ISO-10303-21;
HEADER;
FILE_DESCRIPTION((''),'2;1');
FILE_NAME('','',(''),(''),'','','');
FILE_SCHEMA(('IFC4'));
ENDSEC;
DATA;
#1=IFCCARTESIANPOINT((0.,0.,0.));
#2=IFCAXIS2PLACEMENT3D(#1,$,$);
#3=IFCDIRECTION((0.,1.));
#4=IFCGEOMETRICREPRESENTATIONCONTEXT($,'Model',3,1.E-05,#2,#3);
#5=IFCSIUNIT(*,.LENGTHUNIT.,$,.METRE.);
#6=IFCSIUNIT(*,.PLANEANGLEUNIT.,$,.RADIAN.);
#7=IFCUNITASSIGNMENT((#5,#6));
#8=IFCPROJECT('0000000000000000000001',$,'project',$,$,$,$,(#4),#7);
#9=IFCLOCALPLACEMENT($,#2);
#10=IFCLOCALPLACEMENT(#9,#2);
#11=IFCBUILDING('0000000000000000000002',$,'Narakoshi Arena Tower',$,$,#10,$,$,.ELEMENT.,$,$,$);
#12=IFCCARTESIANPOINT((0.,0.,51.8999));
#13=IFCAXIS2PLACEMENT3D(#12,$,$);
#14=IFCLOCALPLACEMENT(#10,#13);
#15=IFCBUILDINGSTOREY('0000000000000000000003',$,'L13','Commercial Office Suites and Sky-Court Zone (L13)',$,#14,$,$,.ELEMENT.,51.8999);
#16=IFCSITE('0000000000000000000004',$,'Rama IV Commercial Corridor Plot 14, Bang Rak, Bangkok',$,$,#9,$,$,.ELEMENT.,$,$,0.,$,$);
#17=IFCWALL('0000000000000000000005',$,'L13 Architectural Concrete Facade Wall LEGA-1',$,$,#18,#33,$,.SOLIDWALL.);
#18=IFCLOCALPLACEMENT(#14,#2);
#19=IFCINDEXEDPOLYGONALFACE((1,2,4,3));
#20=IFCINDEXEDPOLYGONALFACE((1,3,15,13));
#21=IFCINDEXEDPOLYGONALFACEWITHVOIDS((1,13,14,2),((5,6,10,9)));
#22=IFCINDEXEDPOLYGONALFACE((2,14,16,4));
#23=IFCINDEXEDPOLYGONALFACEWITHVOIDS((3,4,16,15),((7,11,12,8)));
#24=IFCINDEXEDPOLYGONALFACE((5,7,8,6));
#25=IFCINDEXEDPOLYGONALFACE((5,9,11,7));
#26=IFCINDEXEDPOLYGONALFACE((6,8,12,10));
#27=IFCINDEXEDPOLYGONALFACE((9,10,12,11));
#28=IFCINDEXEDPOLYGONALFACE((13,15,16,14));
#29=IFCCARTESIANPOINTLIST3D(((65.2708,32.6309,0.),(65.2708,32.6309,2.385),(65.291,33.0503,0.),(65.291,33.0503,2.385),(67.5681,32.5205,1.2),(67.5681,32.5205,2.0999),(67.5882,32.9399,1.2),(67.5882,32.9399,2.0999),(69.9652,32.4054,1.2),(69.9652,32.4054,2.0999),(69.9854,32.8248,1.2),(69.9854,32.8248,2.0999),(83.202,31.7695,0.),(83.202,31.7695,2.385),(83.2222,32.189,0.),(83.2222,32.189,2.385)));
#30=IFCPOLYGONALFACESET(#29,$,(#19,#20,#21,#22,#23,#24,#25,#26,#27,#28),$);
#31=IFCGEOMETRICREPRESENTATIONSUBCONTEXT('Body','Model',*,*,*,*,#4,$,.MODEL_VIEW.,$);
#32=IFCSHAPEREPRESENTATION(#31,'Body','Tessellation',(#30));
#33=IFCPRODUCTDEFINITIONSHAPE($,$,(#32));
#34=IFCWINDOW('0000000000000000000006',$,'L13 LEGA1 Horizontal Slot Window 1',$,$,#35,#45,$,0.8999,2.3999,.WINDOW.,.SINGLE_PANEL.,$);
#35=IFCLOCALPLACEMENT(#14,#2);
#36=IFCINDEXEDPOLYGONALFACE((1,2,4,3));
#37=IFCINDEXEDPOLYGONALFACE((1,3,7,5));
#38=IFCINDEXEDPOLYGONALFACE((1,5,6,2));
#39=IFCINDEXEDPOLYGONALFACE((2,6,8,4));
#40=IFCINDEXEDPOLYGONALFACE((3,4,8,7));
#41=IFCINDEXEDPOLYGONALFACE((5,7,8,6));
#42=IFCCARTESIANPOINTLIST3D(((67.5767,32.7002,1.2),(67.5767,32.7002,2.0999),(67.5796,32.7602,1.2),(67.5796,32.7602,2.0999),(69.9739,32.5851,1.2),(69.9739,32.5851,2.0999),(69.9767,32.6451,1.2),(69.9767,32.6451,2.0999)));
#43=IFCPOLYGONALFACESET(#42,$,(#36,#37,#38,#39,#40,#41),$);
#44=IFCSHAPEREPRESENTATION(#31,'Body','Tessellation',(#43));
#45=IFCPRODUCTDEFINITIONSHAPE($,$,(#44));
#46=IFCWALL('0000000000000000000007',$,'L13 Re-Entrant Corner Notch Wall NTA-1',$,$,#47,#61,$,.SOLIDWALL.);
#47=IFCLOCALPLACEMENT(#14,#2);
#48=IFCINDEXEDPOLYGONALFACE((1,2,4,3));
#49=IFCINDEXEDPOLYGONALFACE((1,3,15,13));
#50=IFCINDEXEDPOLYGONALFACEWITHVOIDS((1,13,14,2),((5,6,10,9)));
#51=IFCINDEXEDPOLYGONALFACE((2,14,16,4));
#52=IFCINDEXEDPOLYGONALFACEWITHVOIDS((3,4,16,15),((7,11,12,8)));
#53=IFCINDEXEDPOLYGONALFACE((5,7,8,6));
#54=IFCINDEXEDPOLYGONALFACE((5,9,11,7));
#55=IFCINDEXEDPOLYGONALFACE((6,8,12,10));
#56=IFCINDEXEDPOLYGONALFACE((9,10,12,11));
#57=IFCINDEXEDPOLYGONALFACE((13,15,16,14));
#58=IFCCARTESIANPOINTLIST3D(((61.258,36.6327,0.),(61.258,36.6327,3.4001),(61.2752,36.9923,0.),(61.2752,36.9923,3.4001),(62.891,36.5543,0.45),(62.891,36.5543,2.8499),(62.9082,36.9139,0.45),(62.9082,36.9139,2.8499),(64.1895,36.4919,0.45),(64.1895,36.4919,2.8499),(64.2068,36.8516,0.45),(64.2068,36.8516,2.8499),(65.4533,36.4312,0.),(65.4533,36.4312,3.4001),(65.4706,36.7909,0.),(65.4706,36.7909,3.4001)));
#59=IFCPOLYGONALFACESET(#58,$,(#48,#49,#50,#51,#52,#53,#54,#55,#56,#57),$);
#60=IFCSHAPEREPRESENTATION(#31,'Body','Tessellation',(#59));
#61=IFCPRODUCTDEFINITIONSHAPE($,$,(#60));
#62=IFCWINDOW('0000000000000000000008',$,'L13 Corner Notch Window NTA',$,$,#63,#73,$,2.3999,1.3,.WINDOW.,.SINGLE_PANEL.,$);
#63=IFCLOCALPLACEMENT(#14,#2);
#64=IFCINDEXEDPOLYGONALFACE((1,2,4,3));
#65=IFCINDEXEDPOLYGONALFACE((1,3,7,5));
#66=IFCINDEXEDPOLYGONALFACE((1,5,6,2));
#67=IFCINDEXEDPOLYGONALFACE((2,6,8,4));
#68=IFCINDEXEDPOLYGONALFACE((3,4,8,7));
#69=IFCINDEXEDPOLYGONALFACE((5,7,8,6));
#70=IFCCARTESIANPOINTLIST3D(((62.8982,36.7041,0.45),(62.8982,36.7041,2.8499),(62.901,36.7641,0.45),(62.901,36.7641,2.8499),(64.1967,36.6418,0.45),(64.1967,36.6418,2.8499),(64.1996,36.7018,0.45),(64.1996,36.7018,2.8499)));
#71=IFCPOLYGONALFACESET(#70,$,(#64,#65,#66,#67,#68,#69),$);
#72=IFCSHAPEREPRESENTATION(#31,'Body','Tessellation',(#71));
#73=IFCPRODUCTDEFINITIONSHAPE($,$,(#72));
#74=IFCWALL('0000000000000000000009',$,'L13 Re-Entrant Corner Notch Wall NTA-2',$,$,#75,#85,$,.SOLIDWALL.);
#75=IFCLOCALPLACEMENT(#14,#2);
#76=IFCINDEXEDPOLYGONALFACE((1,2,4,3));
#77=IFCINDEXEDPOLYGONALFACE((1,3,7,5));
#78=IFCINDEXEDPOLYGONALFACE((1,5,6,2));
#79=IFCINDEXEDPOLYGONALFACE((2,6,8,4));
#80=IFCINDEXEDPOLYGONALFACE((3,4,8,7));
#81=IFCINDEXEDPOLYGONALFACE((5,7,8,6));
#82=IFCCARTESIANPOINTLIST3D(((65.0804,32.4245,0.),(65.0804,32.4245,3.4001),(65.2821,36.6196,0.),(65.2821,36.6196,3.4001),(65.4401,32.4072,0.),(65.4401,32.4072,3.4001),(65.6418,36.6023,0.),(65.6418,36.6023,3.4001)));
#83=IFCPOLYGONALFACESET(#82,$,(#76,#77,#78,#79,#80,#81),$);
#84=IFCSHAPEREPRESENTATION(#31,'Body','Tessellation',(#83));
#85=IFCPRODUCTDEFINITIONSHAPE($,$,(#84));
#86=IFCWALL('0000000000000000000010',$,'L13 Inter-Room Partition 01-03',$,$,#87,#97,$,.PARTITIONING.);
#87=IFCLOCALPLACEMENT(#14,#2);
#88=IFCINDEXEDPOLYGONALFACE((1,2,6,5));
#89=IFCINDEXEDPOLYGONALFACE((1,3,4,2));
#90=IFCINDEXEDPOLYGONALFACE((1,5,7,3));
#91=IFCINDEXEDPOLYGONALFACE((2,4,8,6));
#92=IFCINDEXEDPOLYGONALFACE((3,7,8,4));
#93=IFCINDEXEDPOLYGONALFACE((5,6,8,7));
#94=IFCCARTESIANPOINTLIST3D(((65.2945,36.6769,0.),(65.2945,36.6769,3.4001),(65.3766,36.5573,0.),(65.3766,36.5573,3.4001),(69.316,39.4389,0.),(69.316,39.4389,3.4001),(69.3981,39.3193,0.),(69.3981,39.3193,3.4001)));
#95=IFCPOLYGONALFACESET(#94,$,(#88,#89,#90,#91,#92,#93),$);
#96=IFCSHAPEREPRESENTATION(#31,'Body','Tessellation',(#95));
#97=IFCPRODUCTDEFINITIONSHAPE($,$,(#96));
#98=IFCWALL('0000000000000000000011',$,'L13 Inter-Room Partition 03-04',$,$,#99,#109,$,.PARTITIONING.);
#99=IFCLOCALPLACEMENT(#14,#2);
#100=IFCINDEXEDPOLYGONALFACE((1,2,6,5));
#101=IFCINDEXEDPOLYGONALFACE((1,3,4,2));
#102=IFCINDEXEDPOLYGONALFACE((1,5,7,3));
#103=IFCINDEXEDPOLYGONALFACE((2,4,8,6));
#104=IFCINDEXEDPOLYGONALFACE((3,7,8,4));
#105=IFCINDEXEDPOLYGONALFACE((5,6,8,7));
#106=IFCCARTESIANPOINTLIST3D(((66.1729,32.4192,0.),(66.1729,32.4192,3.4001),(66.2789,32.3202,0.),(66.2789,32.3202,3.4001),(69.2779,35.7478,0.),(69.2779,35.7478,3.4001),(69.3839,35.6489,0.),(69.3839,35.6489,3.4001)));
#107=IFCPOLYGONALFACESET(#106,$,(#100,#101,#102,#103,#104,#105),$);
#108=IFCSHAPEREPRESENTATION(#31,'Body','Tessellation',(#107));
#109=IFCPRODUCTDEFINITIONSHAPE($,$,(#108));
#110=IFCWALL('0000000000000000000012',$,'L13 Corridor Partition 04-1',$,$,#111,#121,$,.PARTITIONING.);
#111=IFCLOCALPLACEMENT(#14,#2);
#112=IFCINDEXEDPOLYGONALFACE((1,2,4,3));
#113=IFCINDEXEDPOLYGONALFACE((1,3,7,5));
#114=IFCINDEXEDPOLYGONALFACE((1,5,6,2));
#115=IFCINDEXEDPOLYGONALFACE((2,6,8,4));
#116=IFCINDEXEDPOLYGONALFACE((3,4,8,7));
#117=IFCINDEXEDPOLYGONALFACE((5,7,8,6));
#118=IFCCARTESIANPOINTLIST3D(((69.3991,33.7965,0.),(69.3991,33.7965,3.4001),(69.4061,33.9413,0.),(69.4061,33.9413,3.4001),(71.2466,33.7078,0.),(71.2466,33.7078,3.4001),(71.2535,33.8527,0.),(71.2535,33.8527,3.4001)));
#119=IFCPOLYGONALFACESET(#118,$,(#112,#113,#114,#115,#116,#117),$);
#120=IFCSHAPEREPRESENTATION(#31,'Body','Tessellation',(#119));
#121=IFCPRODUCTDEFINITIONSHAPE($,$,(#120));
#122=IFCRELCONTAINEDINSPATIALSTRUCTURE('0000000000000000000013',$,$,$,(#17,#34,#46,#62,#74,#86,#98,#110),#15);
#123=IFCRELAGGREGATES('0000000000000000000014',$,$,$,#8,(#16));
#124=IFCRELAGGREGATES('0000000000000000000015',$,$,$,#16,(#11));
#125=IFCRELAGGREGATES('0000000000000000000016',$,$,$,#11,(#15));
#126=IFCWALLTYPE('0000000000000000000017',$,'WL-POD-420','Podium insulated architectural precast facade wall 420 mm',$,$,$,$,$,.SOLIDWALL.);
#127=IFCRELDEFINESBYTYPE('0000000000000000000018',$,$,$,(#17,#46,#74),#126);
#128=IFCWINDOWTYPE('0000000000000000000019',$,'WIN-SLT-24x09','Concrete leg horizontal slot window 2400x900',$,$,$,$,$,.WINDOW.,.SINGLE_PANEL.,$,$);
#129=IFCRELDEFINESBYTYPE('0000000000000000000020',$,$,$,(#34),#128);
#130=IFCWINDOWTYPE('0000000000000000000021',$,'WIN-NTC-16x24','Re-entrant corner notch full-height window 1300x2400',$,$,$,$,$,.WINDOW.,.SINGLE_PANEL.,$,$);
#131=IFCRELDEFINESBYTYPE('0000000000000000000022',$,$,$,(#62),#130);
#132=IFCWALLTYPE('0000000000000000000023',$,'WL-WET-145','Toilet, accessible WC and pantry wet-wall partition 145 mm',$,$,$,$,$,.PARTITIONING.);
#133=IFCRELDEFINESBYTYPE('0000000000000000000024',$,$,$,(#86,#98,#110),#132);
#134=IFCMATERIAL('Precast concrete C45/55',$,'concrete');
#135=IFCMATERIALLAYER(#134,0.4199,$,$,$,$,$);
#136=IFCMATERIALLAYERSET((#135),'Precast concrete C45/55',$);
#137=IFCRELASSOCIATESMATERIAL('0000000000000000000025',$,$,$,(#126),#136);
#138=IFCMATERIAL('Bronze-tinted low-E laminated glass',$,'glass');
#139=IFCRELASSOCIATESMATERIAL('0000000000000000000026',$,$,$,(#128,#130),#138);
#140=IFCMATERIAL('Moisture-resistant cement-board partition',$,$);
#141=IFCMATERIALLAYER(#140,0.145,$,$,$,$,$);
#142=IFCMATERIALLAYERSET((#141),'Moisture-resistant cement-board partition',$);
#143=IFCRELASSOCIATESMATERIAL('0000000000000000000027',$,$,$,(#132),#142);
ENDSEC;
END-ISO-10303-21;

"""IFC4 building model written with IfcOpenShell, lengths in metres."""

from ifc_helpers import new_model, si_unit, direction, frame, frame_2d, origin, place, context, subcontext, project, spatial, rectangle, extrude, material, layer, layer_set, type_object, element, fill, save


model = new_model("IFC4")

# Units and contexts
model_context = context("Model", 3, precision=1e-05, world=origin(), true_north=direction((0.0, 1.0)))
body_context = subcontext(model_context, "Body", "Model", "MODEL_VIEW")
ifc_project = project(units=[si_unit("LENGTHUNIT", "METRE"), si_unit("PLANEANGLEUNIT", "RADIAN")], contexts=[model_context])

# Site, building, storey
site_placement = place(None, origin())
site = spatial("IfcSite", under=ifc_project, at=site_placement, Name="Rama IV Commercial Corridor Plot 14, Bang Rak, Bangkok", CompositionType="ELEMENT", RefElevation=0.0)
building_placement = place(site_placement, origin())
building = spatial("IfcBuilding", under=site, at=building_placement, Name="Narakoshi Arena Tower", CompositionType="ELEMENT")
storey_placement = place(building_placement, frame((0.0, 0.0, 51.8999)))
storey = spatial("IfcBuildingStorey", under=building, at=storey_placement, Name="L13", Description="Commercial Office Suites and Sky-Court Zone (L13)", CompositionType="ELEMENT", Elevation=51.8999)

# Walls, openings, windows
ifc_material_1 = material(Name="Precast concrete C45/55", Category="concrete")
ifc_layer_1 = layer(ifc_material_1, 0.4199)
ifc_layer_set_1 = layer_set([ifc_layer_1], Name="Precast concrete C45/55")
wall_type_1 = type_object("IfcWallType", Name="WL-POD-420", Description="Podium insulated architectural precast facade wall 420 mm", PredefinedType="SOLIDWALL", material=ifc_layer_set_1)
wall_1_placement = place(storey_placement, frame((65.2808, 32.8406, 0.0), z_axis=(0.0, 0.0, 1.0), x_axis=(0.998848, -0.04798, 0.0)))
wall_1 = element("IfcWall", 1, at=wall_1_placement, inside=storey, type_object=wall_type_1, Name="L13 Architectural Concrete Facade Wall LEGA-1", PredefinedType="SOLIDWALL", context=body_context, shape_type="SweptSolid", body=[
    extrude(rectangle(XDim=17.9519, YDim=0.4199, at=frame_2d((8.9761, 0.0))), origin(), (0.0, 0.0, 1.0), 2.385),
])
opening_1_placement = place(wall_1_placement, frame((2.3, 0.0, 1.2)))
opening_1 = element("IfcOpeningElement", 2, at=opening_1_placement, cuts=wall_1, PredefinedType="OPENING", context=body_context, shape_type="SweptSolid", body=[
    extrude(rectangle(XDim=2.3999, YDim=0.8999, at=frame_2d((1.2, 0.45))), frame((0.0, 0.22, 0.0), z_axis=(0.0, -1.0, 0.0), x_axis=(1.0, 0.0, 0.0)), (0.0, 0.0, 1.0), 0.4399),
])
ifc_material_2 = material(Name="Bronze-tinted low-E laminated glass", Category="glass")
window_type_1 = type_object("IfcWindowType", Name="WIN-SLT-24x09", Description="Concrete leg horizontal slot window 2400x900", PartitioningType="SINGLE_PANEL", PredefinedType="WINDOW", material=ifc_material_2)
window_1_placement = place(opening_1_placement, origin())
window_1 = element("IfcWindow", 3, at=window_1_placement, inside=storey, type_object=window_type_1, Name="L13 LEGA1 Horizontal Slot Window 1", OverallHeight=0.8999, OverallWidth=2.3999, PartitioningType="SINGLE_PANEL", PredefinedType="WINDOW", context=body_context, shape_type="SweptSolid", body=[
    extrude(rectangle(XDim=2.3999, YDim=0.8999, at=frame_2d((1.2, 0.45))), frame((0.0, 0.03, 0.0), z_axis=(0.0, -1.0, 0.0), x_axis=(1.0, 0.0, 0.0)), (0.0, 0.0, 1.0), 0.0601),
])
fill(opening_1, window_1)
wall_2_placement = place(storey_placement, frame((61.2666, 36.8125, 0.0), z_axis=(0.0, 0.0, 1.0), x_axis=(0.99885, -0.047955, 0.0)))
wall_2 = element("IfcWall", 4, at=wall_2_placement, inside=storey, type_object=wall_type_1, Name="L13 Re-Entrant Corner Notch Wall NTA-1", PredefinedType="SOLIDWALL", context=body_context, shape_type="SweptSolid", body=[
    extrude(rectangle(XDim=4.2002, YDim=0.3601, at=frame_2d((2.1001, 0.0))), origin(), (0.0, 0.0, 1.0), 3.4001),
])
opening_2_placement = place(wall_2_placement, frame((1.635, 0.0, 0.45)))
opening_2 = element("IfcOpeningElement", 5, at=opening_2_placement, cuts=wall_2, PredefinedType="OPENING", context=body_context, shape_type="SweptSolid", body=[
    extrude(rectangle(XDim=1.3, YDim=2.3999, at=frame_2d((0.6499, 1.2))), frame((0.0, 0.1899, 0.0), z_axis=(0.0, -1.0, 0.0), x_axis=(1.0, 0.0, 0.0)), (0.0, 0.0, 1.0), 0.3801),
])
window_type_2 = type_object("IfcWindowType", Name="WIN-NTC-16x24", Description="Re-entrant corner notch full-height window 1300x2400", PartitioningType="SINGLE_PANEL", PredefinedType="WINDOW", material=ifc_material_2)
window_2_placement = place(opening_2_placement, origin())
window_2 = element("IfcWindow", 6, at=window_2_placement, inside=storey, type_object=window_type_2, Name="L13 Corner Notch Window NTA", OverallHeight=2.3999, OverallWidth=1.3, PartitioningType="SINGLE_PANEL", PredefinedType="WINDOW", context=body_context, shape_type="SweptSolid", body=[
    extrude(rectangle(XDim=1.3, YDim=2.3999, at=frame_2d((0.6499, 1.2))), frame((0.0, 0.03, 0.0), z_axis=(0.0, -1.0, 0.0), x_axis=(1.0, 0.0, 0.0)), (0.0, 0.0, 1.0), 0.0601),
])
fill(opening_2, window_2)

# Walls
wall_3_placement = place(storey_placement, frame((65.4619, 36.6111, 0.0), z_axis=(0.0, 0.0, 1.0), x_axis=(-0.048015, -0.998847, 0.0)))
element("IfcWall", 7, at=wall_3_placement, inside=storey, type_object=wall_type_1, Name="L13 Re-Entrant Corner Notch Wall NTA-2", PredefinedType="SOLIDWALL", context=body_context, shape_type="SweptSolid", body=[
    extrude(rectangle(XDim=4.2, YDim=0.3601, at=frame_2d((2.1001, 0.0))), origin(), (0.0, 0.0, 1.0), 3.4001),
])
ifc_material_3 = material(Name="Moisture-resistant cement-board partition")
ifc_layer_2 = layer(ifc_material_3, 0.145)
ifc_layer_set_2 = layer_set([ifc_layer_2], Name="Moisture-resistant cement-board partition")
wall_type_2 = type_object("IfcWallType", Name="WL-WET-145", Description="Toilet, accessible WC and pantry wet-wall partition 145 mm", PredefinedType="PARTITIONING", material=ifc_layer_set_2)
wall_4_placement = place(storey_placement, frame((69.3572, 39.3792, 0.0), z_axis=(0.0, 0.0, 1.0), x_axis=(-0.82431, -0.566138, 0.0)))
element("IfcWall", 8, at=wall_4_placement, inside=storey, type_object=wall_type_2, Name="L13 Inter-Room Partition 01-03", PredefinedType="PARTITIONING", context=body_context, shape_type="SweptSolid", body=[
    extrude(rectangle(XDim=4.8787, YDim=0.145, at=frame_2d((2.4395, 0.0))), origin(), (0.0, 0.0, 1.0), 3.4001),
])
wall_5_placement = place(storey_placement, frame((69.3308, 35.6982, 0.0), z_axis=(0.0, 0.0, 1.0), x_axis=(-0.682116, -0.731244, 0.0)))
element("IfcWall", 9, at=wall_5_placement, inside=storey, type_object=wall_type_2, Name="L13 Inter-Room Partition 03-04", PredefinedType="PARTITIONING", context=body_context, shape_type="SweptSolid", body=[
    extrude(rectangle(XDim=4.552, YDim=0.145, at=frame_2d((2.2759, 0.0))), origin(), (0.0, 0.0, 1.0), 3.4001),
])
wall_6_placement = place(storey_placement, frame((69.4026, 33.8689, 0.0), z_axis=(0.0, 0.0, 1.0), x_axis=(0.998851, -0.047916, 0.0)))
element("IfcWall", 10, at=wall_6_placement, inside=storey, type_object=wall_type_2, Name="L13 Corridor Partition 04-1", PredefinedType="PARTITIONING", context=body_context, shape_type="SweptSolid", body=[
    extrude(rectangle(XDim=1.8496, YDim=0.145, at=frame_2d((0.9248, 0.0))), origin(), (0.0, 0.0, 1.0), 3.4001),
])

save(model, "model.ifc")
